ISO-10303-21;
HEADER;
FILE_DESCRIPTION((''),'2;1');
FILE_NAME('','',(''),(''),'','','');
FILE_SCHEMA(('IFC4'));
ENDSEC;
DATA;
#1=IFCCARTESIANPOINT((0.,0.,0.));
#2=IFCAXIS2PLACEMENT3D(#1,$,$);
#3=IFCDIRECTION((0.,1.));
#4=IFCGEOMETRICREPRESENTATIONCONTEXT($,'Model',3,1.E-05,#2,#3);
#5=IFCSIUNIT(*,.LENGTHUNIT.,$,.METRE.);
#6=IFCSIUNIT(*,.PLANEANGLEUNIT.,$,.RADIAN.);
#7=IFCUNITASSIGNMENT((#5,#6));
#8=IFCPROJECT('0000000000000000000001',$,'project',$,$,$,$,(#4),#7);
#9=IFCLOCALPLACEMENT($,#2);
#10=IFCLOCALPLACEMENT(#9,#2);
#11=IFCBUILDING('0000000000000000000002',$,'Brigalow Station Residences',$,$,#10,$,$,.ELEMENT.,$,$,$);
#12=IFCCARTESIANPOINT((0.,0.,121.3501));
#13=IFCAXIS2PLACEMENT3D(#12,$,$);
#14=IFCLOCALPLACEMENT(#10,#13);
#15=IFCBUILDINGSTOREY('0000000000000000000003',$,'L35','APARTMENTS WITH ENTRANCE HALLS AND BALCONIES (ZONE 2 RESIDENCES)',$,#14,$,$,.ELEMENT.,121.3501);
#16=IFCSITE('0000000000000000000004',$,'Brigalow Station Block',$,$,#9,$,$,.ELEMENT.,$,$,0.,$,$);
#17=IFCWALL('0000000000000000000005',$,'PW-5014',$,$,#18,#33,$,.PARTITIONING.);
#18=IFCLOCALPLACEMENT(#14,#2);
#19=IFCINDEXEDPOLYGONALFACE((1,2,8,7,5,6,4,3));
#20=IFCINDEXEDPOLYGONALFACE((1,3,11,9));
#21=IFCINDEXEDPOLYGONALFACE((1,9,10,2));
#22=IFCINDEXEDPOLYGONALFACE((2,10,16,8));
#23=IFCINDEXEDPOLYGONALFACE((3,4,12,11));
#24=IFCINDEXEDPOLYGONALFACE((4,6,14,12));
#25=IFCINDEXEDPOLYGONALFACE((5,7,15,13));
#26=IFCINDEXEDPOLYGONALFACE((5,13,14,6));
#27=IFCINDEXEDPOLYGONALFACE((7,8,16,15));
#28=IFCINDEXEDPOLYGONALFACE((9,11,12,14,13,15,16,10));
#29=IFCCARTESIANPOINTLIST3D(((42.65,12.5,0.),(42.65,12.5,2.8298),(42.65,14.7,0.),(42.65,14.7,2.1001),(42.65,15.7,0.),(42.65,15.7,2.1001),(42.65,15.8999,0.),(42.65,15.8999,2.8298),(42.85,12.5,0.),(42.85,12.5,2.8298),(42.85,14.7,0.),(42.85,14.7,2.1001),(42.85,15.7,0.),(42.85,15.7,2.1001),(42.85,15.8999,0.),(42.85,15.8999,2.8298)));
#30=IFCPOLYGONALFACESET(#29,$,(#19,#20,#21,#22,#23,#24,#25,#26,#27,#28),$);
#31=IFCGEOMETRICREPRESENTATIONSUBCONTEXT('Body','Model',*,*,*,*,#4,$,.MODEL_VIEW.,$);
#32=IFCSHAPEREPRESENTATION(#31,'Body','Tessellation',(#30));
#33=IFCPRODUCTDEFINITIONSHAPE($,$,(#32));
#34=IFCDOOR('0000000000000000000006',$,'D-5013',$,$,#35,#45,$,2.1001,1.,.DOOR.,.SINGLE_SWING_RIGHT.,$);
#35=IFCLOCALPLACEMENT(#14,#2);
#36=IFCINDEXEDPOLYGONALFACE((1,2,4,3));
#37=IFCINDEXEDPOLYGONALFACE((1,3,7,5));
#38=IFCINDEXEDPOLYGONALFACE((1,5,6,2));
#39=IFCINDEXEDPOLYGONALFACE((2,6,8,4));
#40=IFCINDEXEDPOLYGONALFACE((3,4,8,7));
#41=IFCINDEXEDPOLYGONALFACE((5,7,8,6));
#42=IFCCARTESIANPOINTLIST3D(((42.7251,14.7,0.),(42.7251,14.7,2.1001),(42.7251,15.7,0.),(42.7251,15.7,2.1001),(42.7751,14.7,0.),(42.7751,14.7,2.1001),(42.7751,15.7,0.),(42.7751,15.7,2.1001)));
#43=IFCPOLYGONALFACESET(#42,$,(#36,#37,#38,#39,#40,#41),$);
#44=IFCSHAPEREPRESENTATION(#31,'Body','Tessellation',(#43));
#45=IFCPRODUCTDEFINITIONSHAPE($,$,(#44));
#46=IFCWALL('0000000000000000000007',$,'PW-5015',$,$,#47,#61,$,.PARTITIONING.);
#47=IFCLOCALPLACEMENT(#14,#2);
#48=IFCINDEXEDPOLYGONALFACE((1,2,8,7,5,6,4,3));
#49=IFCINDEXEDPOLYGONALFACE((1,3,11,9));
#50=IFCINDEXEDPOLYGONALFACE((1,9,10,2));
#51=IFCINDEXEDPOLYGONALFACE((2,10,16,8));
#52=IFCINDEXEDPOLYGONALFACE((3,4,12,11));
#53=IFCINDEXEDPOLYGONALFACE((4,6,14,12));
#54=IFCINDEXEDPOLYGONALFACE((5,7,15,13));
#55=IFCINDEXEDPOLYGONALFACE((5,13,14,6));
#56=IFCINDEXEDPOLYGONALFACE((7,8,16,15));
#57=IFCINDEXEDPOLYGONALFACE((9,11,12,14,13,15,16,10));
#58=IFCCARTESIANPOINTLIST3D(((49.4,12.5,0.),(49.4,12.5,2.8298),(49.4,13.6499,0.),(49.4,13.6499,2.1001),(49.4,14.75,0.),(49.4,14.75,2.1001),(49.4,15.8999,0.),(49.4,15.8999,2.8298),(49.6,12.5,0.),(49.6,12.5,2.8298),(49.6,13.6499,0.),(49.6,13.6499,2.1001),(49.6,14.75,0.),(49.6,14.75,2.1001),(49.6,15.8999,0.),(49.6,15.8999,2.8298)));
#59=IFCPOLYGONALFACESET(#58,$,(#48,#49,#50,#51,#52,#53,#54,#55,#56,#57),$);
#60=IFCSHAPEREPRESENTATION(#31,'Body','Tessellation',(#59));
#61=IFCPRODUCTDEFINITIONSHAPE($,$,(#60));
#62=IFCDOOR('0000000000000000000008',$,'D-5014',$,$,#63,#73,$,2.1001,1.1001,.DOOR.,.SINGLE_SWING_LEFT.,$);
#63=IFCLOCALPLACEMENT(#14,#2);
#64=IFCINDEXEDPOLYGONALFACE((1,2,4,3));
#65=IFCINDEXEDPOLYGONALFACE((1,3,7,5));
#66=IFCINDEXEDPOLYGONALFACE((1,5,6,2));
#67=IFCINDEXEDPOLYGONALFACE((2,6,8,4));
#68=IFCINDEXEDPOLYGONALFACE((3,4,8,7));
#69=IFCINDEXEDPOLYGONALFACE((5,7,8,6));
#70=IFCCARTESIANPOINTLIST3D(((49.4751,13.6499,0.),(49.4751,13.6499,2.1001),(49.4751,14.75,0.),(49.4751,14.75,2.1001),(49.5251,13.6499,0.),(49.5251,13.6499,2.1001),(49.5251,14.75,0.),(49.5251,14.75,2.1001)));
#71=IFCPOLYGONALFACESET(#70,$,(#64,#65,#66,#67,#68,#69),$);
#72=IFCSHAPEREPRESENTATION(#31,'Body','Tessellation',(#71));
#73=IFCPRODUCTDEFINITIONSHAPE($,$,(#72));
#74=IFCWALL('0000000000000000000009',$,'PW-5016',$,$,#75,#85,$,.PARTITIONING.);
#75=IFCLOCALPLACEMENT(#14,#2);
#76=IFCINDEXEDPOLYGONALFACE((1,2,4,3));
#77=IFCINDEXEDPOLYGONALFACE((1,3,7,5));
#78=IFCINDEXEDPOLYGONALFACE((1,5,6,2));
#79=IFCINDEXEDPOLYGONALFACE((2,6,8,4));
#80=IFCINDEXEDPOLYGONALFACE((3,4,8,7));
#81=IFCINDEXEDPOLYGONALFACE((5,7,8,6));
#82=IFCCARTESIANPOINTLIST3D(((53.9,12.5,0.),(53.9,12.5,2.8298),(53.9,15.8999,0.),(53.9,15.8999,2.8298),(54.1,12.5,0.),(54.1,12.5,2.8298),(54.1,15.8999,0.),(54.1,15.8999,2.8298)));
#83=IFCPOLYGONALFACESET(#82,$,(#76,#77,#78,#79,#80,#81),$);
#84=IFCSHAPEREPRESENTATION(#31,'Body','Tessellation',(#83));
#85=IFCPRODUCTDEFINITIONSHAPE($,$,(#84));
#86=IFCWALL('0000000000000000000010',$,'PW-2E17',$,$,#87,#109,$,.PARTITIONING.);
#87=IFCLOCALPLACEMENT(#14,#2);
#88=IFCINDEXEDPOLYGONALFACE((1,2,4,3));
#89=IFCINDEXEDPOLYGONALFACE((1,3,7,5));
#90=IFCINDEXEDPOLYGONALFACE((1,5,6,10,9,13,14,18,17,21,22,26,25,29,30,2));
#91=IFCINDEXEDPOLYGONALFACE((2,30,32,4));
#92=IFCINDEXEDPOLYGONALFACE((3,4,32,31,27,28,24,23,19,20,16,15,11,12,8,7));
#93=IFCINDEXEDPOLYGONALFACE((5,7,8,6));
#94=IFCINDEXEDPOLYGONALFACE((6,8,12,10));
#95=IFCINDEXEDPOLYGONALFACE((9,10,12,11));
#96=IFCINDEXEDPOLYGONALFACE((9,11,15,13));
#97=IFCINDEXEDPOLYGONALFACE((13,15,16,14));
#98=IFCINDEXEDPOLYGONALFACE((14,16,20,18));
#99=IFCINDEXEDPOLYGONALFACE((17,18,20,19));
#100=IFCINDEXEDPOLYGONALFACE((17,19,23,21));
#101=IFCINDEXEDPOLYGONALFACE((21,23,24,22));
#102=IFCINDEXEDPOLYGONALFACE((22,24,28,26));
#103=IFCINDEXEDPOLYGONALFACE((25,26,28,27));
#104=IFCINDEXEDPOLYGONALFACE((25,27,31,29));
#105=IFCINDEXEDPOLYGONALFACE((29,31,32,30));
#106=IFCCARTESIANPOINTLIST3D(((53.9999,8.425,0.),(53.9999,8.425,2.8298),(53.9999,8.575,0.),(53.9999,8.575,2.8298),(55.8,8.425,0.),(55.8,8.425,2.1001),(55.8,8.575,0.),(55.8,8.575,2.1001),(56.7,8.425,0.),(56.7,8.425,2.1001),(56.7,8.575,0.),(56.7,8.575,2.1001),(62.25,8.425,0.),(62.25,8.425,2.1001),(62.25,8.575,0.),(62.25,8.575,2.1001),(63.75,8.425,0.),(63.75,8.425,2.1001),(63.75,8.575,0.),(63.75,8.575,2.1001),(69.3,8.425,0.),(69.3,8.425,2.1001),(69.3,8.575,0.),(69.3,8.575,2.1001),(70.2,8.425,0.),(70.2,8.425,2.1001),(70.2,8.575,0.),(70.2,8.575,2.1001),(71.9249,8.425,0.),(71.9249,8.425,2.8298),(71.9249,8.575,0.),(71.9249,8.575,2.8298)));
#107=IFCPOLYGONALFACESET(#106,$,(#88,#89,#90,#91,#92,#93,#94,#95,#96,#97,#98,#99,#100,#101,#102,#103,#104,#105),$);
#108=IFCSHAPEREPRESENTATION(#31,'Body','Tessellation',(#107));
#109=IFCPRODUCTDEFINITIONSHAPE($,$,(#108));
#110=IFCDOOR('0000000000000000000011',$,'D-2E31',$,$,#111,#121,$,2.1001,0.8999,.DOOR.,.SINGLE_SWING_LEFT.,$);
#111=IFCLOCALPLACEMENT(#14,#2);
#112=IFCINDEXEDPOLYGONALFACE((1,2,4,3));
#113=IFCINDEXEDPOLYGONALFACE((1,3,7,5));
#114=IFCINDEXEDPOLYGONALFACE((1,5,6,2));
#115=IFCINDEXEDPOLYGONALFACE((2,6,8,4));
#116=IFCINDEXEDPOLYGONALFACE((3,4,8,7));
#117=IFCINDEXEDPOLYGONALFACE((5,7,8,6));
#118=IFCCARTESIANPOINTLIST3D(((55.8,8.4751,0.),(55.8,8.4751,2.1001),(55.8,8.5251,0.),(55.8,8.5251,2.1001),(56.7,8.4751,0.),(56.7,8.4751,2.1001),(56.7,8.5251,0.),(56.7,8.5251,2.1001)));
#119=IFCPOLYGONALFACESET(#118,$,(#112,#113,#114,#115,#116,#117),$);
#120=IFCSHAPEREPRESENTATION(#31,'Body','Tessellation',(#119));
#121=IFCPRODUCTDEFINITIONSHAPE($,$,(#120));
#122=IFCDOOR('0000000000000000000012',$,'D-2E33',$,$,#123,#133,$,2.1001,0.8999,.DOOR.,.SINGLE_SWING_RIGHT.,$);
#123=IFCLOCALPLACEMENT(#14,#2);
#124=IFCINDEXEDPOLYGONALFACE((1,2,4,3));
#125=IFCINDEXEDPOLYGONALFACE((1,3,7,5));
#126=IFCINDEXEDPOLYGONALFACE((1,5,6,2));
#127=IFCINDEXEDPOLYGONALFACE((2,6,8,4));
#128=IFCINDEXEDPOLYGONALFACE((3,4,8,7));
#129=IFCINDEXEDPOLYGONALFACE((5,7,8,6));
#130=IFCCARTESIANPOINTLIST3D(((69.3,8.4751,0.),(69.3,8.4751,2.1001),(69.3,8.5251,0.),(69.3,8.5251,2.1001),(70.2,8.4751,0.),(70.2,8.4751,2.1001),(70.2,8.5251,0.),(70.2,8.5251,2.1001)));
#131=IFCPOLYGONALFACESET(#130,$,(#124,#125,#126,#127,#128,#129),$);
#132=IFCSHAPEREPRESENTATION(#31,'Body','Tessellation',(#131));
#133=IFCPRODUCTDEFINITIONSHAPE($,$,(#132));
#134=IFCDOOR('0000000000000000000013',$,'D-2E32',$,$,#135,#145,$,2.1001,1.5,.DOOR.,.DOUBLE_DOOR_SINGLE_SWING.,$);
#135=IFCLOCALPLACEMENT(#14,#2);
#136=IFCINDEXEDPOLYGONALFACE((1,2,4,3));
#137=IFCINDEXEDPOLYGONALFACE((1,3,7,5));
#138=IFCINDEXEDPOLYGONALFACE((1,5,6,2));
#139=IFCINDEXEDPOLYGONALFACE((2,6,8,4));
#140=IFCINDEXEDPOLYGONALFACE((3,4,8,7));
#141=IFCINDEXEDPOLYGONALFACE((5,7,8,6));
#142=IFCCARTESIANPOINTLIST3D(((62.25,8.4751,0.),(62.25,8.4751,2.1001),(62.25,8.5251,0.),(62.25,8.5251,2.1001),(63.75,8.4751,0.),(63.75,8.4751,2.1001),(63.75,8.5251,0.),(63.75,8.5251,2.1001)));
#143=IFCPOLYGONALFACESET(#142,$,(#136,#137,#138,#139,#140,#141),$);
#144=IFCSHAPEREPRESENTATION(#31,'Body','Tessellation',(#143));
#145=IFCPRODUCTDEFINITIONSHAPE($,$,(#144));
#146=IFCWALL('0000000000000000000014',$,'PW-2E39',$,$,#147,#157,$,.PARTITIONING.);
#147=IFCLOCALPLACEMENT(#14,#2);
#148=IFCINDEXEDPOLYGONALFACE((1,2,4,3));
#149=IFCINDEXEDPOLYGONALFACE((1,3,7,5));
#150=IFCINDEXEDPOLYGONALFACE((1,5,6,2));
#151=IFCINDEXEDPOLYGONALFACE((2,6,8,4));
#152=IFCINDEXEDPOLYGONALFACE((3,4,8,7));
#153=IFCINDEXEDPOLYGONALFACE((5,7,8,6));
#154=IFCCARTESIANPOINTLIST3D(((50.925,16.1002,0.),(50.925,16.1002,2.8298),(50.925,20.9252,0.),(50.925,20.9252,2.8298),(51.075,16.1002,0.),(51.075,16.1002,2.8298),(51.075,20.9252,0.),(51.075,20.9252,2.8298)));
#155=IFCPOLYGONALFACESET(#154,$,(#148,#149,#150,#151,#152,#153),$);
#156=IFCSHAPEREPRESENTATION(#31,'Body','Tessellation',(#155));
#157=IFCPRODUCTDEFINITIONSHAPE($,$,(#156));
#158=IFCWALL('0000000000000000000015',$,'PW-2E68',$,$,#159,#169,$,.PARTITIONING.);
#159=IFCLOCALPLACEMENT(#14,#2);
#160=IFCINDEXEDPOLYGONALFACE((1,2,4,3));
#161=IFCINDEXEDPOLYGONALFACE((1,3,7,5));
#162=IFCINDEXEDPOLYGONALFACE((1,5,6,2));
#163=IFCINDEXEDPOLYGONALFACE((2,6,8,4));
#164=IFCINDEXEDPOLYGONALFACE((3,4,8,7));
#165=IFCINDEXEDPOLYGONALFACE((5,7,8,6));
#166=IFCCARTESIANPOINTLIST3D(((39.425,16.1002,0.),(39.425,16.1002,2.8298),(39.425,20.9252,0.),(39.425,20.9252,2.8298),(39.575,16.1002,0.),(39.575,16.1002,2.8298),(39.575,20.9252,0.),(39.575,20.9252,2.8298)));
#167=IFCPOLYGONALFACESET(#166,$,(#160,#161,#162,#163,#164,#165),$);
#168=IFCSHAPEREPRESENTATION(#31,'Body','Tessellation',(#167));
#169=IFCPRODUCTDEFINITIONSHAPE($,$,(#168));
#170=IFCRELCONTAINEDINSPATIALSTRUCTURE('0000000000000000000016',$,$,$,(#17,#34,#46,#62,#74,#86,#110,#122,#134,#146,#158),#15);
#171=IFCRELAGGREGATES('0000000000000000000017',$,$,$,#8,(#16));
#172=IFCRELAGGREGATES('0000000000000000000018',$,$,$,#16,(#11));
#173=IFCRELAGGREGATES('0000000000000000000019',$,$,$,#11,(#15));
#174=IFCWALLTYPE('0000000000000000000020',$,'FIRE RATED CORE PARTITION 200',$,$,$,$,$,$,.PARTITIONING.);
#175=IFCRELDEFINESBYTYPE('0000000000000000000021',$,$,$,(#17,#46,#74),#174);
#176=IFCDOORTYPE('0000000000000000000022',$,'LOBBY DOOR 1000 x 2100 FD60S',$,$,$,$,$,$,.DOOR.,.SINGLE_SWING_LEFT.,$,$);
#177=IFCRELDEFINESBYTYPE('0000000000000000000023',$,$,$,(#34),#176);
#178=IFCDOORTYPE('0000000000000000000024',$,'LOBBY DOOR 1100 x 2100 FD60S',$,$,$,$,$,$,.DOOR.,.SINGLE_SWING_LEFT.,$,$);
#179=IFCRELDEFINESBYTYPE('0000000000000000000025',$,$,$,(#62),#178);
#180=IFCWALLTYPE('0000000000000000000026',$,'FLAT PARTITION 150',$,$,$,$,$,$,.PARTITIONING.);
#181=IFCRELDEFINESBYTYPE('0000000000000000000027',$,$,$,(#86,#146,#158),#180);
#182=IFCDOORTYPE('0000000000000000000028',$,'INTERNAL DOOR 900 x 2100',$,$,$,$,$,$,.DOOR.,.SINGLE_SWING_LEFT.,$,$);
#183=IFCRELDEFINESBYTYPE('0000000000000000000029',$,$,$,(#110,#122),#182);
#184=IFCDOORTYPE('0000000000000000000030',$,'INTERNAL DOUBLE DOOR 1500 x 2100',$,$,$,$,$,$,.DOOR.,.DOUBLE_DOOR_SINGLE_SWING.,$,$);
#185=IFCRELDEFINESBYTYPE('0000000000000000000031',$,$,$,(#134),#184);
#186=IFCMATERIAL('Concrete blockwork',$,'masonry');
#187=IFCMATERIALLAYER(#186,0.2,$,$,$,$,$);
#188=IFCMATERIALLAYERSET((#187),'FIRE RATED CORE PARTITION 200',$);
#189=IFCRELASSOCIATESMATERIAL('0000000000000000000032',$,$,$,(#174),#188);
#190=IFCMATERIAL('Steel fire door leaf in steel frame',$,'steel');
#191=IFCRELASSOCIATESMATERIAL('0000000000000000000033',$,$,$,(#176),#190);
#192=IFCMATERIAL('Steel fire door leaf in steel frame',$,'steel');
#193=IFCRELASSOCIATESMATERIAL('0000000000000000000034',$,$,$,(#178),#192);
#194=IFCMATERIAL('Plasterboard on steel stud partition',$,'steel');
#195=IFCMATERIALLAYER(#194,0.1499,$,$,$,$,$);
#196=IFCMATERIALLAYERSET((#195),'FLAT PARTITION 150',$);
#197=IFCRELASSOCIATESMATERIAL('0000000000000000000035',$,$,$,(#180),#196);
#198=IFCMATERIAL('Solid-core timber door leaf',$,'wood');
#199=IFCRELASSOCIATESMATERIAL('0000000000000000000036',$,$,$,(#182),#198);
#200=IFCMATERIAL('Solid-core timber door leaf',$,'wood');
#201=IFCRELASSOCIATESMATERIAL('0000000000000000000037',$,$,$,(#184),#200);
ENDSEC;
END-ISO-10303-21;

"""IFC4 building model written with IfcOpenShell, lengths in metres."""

from ifc_helpers import new_model, si_unit, direction, frame, frame_2d, origin, place, context, subcontext, project, spatial, rectangle, extrude, material, layer, layer_set, type_object, element, fill, save


model = new_model("IFC4")

# Units and contexts
model_context = context("Model", 3, precision=1e-05, world=origin(), true_north=direction((0.0, 1.0)))
body_context = subcontext(model_context, "Body", "Model", "MODEL_VIEW")
ifc_project = project(units=[si_unit("LENGTHUNIT", "METRE"), si_unit("PLANEANGLEUNIT", "RADIAN")], contexts=[model_context])

# Site, building, storey
site_placement = place(None, origin())
site = spatial("IfcSite", under=ifc_project, at=site_placement, Name="Brigalow Station Block", CompositionType="ELEMENT", RefElevation=0.0)
building_placement = place(site_placement, origin())
building = spatial("IfcBuilding", under=site, at=building_placement, Name="Brigalow Station Residences", CompositionType="ELEMENT")
storey_placement = place(building_placement, frame((0.0, 0.0, 121.3501)))
storey = spatial("IfcBuildingStorey", under=building, at=storey_placement, Name="L35", Description="APARTMENTS WITH ENTRANCE HALLS AND BALCONIES (ZONE 2 RESIDENCES)", CompositionType="ELEMENT", Elevation=121.3501)

# Walls, openings, doors
ifc_material_1 = material(Name="Concrete blockwork", Category="masonry")
ifc_layer_1 = layer(ifc_material_1, 0.2)
ifc_layer_set_1 = layer_set([ifc_layer_1], Name="FIRE RATED CORE PARTITION 200")
wall_type_1 = type_object("IfcWallType", Name="FIRE RATED CORE PARTITION 200", PredefinedType="PARTITIONING", material=ifc_layer_set_1)
wall_1_placement = place(storey_placement, frame((42.75, 12.5, 0.0), z_axis=(0.0, 0.0, 1.0), x_axis=(0.0, 1.0, 0.0)))
wall_1 = element("IfcWall", 1, at=wall_1_placement, inside=storey, type_object=wall_type_1, Name="PW-5014", PredefinedType="PARTITIONING", context=body_context, shape_type="SweptSolid", body=[
    extrude(rectangle(XDim=3.3999, YDim=0.2, at=frame_2d((1.7, 0.0))), origin(), (0.0, 0.0, 1.0), 2.8298),
])
opening_1_placement = place(wall_1_placement, frame((2.2, 0.0, 0.0)))
opening_1 = element("IfcOpeningElement", 2, at=opening_1_placement, cuts=wall_1, PredefinedType="OPENING", context=body_context, shape_type="SweptSolid", body=[
    extrude(rectangle(XDim=1.0, YDim=2.1001, at=frame_2d((0.5, 1.05))), frame((0.0, 0.1099, 0.0), z_axis=(0.0, -1.0, 0.0), x_axis=(1.0, 0.0, 0.0)), (0.0, 0.0, 1.0), 0.22),
])
ifc_material_2 = material(Name="Steel fire door leaf in steel frame", Category="steel")
door_type_1 = type_object("IfcDoorType", Name="LOBBY DOOR 1000 x 2100 FD60S", OperationType="SINGLE_SWING_LEFT", PredefinedType="DOOR", material=ifc_material_2)
door_1_placement = place(opening_1_placement, origin())
door_1 = element("IfcDoor", 3, at=door_1_placement, inside=storey, type_object=door_type_1, Name="D-5013", OperationType="SINGLE_SWING_RIGHT", OverallHeight=2.1001, OverallWidth=1.0, PredefinedType="DOOR", context=body_context, shape_type="SweptSolid", body=[
    extrude(rectangle(XDim=1.0, YDim=2.1001, at=frame_2d((0.5, 1.05))), frame((0.0, 0.0249, 0.0), z_axis=(0.0, -1.0, 0.0), x_axis=(1.0, 0.0, 0.0)), (0.0, 0.0, 1.0), 0.05),
])
fill(opening_1, door_1)
wall_2_placement = place(storey_placement, frame((49.5, 12.5, 0.0), z_axis=(0.0, 0.0, 1.0), x_axis=(0.0, 1.0, 0.0)))
wall_2 = element("IfcWall", 4, at=wall_2_placement, inside=storey, type_object=wall_type_1, Name="PW-5015", PredefinedType="PARTITIONING", context=body_context, shape_type="SweptSolid", body=[
    extrude(rectangle(XDim=3.3999, YDim=0.2, at=frame_2d((1.7, 0.0))), origin(), (0.0, 0.0, 1.0), 2.8298),
])
opening_2_placement = place(wall_2_placement, frame((1.1499, 0.0, 0.0)))
opening_2 = element("IfcOpeningElement", 5, at=opening_2_placement, cuts=wall_2, PredefinedType="OPENING", context=body_context, shape_type="SweptSolid", body=[
    extrude(rectangle(XDim=1.1001, YDim=2.1001, at=frame_2d((0.55, 1.05))), frame((0.0, 0.1099, 0.0), z_axis=(0.0, -1.0, 0.0), x_axis=(1.0, 0.0, 0.0)), (0.0, 0.0, 1.0), 0.22),
])
ifc_material_3 = material(Name="Steel fire door leaf in steel frame", Category="steel")
door_type_2 = type_object("IfcDoorType", Name="LOBBY DOOR 1100 x 2100 FD60S", OperationType="SINGLE_SWING_LEFT", PredefinedType="DOOR", material=ifc_material_3)
door_2_placement = place(opening_2_placement, origin())
door_2 = element("IfcDoor", 6, at=door_2_placement, inside=storey, type_object=door_type_2, Name="D-5014", OperationType="SINGLE_SWING_LEFT", OverallHeight=2.1001, OverallWidth=1.1001, PredefinedType="DOOR", context=body_context, shape_type="SweptSolid", body=[
    extrude(rectangle(XDim=1.1001, YDim=2.1001, at=frame_2d((0.55, 1.05))), frame((0.0, 0.0249, 0.0), z_axis=(0.0, -1.0, 0.0), x_axis=(1.0, 0.0, 0.0)), (0.0, 0.0, 1.0), 0.05),
])
fill(opening_2, door_2)

# Wall
wall_3_placement = place(storey_placement, frame((54.0, 12.5, 0.0), z_axis=(0.0, 0.0, 1.0), x_axis=(0.0, 1.0, 0.0)))
element("IfcWall", 7, at=wall_3_placement, inside=storey, type_object=wall_type_1, Name="PW-5016", PredefinedType="PARTITIONING", context=body_context, shape_type="SweptSolid", body=[
    extrude(rectangle(XDim=3.3999, YDim=0.2, at=frame_2d((1.7, 0.0))), origin(), (0.0, 0.0, 1.0), 2.8298),
])

# Wall, openings, doors
ifc_material_4 = material(Name="Plasterboard on steel stud partition", Category="steel")
ifc_layer_2 = layer(ifc_material_4, 0.1499)
ifc_layer_set_2 = layer_set([ifc_layer_2], Name="FLAT PARTITION 150")
wall_type_2 = type_object("IfcWallType", Name="FLAT PARTITION 150", PredefinedType="PARTITIONING", material=ifc_layer_set_2)
wall_4_placement = place(storey_placement, frame((54.0, 8.5, 0.0), z_axis=(0.0, 0.0, 1.0), x_axis=(1.0, 0.0, 0.0)))
wall_4 = element("IfcWall", 8, at=wall_4_placement, inside=storey, type_object=wall_type_2, Name="PW-2E17", PredefinedType="PARTITIONING", context=body_context, shape_type="SweptSolid", body=[
    extrude(rectangle(XDim=17.925, YDim=0.1499, at=frame_2d((8.9624, 0.0))), origin(), (0.0, 0.0, 1.0), 2.8298),
])
opening_3_placement = place(wall_4_placement, frame((1.8, 0.0, 0.0)))
opening_3 = element("IfcOpeningElement", 9, at=opening_3_placement, cuts=wall_4, PredefinedType="OPENING", context=body_context, shape_type="SweptSolid", body=[
    extrude(rectangle(XDim=0.8999, YDim=2.1001, at=frame_2d((0.45, 1.05))), frame((0.0, 0.085, 0.0), z_axis=(0.0, -1.0, 0.0), x_axis=(1.0, 0.0, 0.0)), (0.0, 0.0, 1.0), 0.1699),
])
opening_4_placement = place(wall_4_placement, frame((8.25, 0.0, 0.0)))
opening_4 = element("IfcOpeningElement", 10, at=opening_4_placement, cuts=wall_4, PredefinedType="OPENING", context=body_context, shape_type="SweptSolid", body=[
    extrude(rectangle(XDim=1.5, YDim=2.1001, at=frame_2d((0.75, 1.05))), frame((0.0, 0.085, 0.0), z_axis=(0.0, -1.0, 0.0), x_axis=(1.0, 0.0, 0.0)), (0.0, 0.0, 1.0), 0.1699),
])
opening_5_placement = place(wall_4_placement, frame((15.3, 0.0, 0.0)))
opening_5 = element("IfcOpeningElement", 11, at=opening_5_placement, cuts=wall_4, PredefinedType="OPENING", context=body_context, shape_type="SweptSolid", body=[
    extrude(rectangle(XDim=0.8999, YDim=2.1001, at=frame_2d((0.45, 1.05))), frame((0.0, 0.085, 0.0), z_axis=(0.0, -1.0, 0.0), x_axis=(1.0, 0.0, 0.0)), (0.0, 0.0, 1.0), 0.1699),
])
ifc_material_5 = material(Name="Solid-core timber door leaf", Category="wood")
door_type_3 = type_object("IfcDoorType", Name="INTERNAL DOOR 900 x 2100", OperationType="SINGLE_SWING_LEFT", PredefinedType="DOOR", material=ifc_material_5)
door_3_placement = place(opening_3_placement, frame((0.8999, 0.0, 0.0), z_axis=(0.0, 0.0, 1.0), x_axis=(-1.0, 0.0, 0.0)))
door_3 = element("IfcDoor", 12, at=door_3_placement, inside=storey, type_object=door_type_3, Name="D-2E31", OperationType="SINGLE_SWING_LEFT", OverallHeight=2.1001, OverallWidth=0.8999, PredefinedType="DOOR", context=body_context, shape_type="SweptSolid", body=[
    extrude(rectangle(XDim=0.8999, YDim=2.1001, at=frame_2d((0.45, 1.05))), frame((0.0, 0.0249, 0.0), z_axis=(0.0, -1.0, 0.0), x_axis=(1.0, 0.0, 0.0)), (0.0, 0.0, 1.0), 0.05),
])
fill(opening_3, door_3)
door_4_placement = place(opening_5_placement, frame((0.8999, 0.0, 0.0), z_axis=(0.0, 0.0, 1.0), x_axis=(-1.0, 0.0, 0.0)))
door_4 = element("IfcDoor", 13, at=door_4_placement, inside=storey, type_object=door_type_3, Name="D-2E33", OperationType="SINGLE_SWING_RIGHT", OverallHeight=2.1001, OverallWidth=0.8999, PredefinedType="DOOR", context=body_context, shape_type="SweptSolid", body=[
    extrude(rectangle(XDim=0.8999, YDim=2.1001, at=frame_2d((0.45, 1.05))), frame((0.0, 0.0249, 0.0), z_axis=(0.0, -1.0, 0.0), x_axis=(1.0, 0.0, 0.0)), (0.0, 0.0, 1.0), 0.05),
])
fill(opening_5, door_4)
ifc_material_6 = material(Name="Solid-core timber door leaf", Category="wood")
door_type_4 = type_object("IfcDoorType", Name="INTERNAL DOUBLE DOOR 1500 x 2100", OperationType="DOUBLE_DOOR_SINGLE_SWING", PredefinedType="DOOR", material=ifc_material_6)
door_5_placement = place(opening_4_placement, frame((1.5, 0.0, 0.0), z_axis=(0.0, 0.0, 1.0), x_axis=(-1.0, 0.0, 0.0)))
door_5 = element("IfcDoor", 14, at=door_5_placement, inside=storey, type_object=door_type_4, Name="D-2E32", OperationType="DOUBLE_DOOR_SINGLE_SWING", OverallHeight=2.1001, OverallWidth=1.5, PredefinedType="DOOR", context=body_context, shape_type="SweptSolid", body=[
    extrude(rectangle(XDim=1.5, YDim=2.1001, at=frame_2d((0.75, 1.05))), frame((0.0, 0.0249, 0.0), z_axis=(0.0, -1.0, 0.0), x_axis=(1.0, 0.0, 0.0)), (0.0, 0.0, 1.0), 0.05),
])
fill(opening_4, door_5)

# Walls
for number, where, z_axis, x_axis, name in (
    (15, (51.0, 16.1001, 0.0), (0.0, 0.0, 1.0), (0.0, 1.0, 0.0), "PW-2E39"),
    (16, (39.5, 16.1001, 0.0), (0.0, 0.0, 1.0), (0.0, 1.0, 0.0), "PW-2E68"),
):
    element("IfcWall", number, at=place(storey_placement, frame(where, z_axis=z_axis, x_axis=x_axis)), inside=storey, type_object=wall_type_2, Name=name, PredefinedType="PARTITIONING", context=body_context, shape_type="SweptSolid", body=[
        extrude(rectangle(XDim=4.825, YDim=0.1499, at=frame_2d((2.4126, 0.0))), origin(), (0.0, 0.0, 1.0), 2.8298),
    ])

save(model, "model.ifc")
